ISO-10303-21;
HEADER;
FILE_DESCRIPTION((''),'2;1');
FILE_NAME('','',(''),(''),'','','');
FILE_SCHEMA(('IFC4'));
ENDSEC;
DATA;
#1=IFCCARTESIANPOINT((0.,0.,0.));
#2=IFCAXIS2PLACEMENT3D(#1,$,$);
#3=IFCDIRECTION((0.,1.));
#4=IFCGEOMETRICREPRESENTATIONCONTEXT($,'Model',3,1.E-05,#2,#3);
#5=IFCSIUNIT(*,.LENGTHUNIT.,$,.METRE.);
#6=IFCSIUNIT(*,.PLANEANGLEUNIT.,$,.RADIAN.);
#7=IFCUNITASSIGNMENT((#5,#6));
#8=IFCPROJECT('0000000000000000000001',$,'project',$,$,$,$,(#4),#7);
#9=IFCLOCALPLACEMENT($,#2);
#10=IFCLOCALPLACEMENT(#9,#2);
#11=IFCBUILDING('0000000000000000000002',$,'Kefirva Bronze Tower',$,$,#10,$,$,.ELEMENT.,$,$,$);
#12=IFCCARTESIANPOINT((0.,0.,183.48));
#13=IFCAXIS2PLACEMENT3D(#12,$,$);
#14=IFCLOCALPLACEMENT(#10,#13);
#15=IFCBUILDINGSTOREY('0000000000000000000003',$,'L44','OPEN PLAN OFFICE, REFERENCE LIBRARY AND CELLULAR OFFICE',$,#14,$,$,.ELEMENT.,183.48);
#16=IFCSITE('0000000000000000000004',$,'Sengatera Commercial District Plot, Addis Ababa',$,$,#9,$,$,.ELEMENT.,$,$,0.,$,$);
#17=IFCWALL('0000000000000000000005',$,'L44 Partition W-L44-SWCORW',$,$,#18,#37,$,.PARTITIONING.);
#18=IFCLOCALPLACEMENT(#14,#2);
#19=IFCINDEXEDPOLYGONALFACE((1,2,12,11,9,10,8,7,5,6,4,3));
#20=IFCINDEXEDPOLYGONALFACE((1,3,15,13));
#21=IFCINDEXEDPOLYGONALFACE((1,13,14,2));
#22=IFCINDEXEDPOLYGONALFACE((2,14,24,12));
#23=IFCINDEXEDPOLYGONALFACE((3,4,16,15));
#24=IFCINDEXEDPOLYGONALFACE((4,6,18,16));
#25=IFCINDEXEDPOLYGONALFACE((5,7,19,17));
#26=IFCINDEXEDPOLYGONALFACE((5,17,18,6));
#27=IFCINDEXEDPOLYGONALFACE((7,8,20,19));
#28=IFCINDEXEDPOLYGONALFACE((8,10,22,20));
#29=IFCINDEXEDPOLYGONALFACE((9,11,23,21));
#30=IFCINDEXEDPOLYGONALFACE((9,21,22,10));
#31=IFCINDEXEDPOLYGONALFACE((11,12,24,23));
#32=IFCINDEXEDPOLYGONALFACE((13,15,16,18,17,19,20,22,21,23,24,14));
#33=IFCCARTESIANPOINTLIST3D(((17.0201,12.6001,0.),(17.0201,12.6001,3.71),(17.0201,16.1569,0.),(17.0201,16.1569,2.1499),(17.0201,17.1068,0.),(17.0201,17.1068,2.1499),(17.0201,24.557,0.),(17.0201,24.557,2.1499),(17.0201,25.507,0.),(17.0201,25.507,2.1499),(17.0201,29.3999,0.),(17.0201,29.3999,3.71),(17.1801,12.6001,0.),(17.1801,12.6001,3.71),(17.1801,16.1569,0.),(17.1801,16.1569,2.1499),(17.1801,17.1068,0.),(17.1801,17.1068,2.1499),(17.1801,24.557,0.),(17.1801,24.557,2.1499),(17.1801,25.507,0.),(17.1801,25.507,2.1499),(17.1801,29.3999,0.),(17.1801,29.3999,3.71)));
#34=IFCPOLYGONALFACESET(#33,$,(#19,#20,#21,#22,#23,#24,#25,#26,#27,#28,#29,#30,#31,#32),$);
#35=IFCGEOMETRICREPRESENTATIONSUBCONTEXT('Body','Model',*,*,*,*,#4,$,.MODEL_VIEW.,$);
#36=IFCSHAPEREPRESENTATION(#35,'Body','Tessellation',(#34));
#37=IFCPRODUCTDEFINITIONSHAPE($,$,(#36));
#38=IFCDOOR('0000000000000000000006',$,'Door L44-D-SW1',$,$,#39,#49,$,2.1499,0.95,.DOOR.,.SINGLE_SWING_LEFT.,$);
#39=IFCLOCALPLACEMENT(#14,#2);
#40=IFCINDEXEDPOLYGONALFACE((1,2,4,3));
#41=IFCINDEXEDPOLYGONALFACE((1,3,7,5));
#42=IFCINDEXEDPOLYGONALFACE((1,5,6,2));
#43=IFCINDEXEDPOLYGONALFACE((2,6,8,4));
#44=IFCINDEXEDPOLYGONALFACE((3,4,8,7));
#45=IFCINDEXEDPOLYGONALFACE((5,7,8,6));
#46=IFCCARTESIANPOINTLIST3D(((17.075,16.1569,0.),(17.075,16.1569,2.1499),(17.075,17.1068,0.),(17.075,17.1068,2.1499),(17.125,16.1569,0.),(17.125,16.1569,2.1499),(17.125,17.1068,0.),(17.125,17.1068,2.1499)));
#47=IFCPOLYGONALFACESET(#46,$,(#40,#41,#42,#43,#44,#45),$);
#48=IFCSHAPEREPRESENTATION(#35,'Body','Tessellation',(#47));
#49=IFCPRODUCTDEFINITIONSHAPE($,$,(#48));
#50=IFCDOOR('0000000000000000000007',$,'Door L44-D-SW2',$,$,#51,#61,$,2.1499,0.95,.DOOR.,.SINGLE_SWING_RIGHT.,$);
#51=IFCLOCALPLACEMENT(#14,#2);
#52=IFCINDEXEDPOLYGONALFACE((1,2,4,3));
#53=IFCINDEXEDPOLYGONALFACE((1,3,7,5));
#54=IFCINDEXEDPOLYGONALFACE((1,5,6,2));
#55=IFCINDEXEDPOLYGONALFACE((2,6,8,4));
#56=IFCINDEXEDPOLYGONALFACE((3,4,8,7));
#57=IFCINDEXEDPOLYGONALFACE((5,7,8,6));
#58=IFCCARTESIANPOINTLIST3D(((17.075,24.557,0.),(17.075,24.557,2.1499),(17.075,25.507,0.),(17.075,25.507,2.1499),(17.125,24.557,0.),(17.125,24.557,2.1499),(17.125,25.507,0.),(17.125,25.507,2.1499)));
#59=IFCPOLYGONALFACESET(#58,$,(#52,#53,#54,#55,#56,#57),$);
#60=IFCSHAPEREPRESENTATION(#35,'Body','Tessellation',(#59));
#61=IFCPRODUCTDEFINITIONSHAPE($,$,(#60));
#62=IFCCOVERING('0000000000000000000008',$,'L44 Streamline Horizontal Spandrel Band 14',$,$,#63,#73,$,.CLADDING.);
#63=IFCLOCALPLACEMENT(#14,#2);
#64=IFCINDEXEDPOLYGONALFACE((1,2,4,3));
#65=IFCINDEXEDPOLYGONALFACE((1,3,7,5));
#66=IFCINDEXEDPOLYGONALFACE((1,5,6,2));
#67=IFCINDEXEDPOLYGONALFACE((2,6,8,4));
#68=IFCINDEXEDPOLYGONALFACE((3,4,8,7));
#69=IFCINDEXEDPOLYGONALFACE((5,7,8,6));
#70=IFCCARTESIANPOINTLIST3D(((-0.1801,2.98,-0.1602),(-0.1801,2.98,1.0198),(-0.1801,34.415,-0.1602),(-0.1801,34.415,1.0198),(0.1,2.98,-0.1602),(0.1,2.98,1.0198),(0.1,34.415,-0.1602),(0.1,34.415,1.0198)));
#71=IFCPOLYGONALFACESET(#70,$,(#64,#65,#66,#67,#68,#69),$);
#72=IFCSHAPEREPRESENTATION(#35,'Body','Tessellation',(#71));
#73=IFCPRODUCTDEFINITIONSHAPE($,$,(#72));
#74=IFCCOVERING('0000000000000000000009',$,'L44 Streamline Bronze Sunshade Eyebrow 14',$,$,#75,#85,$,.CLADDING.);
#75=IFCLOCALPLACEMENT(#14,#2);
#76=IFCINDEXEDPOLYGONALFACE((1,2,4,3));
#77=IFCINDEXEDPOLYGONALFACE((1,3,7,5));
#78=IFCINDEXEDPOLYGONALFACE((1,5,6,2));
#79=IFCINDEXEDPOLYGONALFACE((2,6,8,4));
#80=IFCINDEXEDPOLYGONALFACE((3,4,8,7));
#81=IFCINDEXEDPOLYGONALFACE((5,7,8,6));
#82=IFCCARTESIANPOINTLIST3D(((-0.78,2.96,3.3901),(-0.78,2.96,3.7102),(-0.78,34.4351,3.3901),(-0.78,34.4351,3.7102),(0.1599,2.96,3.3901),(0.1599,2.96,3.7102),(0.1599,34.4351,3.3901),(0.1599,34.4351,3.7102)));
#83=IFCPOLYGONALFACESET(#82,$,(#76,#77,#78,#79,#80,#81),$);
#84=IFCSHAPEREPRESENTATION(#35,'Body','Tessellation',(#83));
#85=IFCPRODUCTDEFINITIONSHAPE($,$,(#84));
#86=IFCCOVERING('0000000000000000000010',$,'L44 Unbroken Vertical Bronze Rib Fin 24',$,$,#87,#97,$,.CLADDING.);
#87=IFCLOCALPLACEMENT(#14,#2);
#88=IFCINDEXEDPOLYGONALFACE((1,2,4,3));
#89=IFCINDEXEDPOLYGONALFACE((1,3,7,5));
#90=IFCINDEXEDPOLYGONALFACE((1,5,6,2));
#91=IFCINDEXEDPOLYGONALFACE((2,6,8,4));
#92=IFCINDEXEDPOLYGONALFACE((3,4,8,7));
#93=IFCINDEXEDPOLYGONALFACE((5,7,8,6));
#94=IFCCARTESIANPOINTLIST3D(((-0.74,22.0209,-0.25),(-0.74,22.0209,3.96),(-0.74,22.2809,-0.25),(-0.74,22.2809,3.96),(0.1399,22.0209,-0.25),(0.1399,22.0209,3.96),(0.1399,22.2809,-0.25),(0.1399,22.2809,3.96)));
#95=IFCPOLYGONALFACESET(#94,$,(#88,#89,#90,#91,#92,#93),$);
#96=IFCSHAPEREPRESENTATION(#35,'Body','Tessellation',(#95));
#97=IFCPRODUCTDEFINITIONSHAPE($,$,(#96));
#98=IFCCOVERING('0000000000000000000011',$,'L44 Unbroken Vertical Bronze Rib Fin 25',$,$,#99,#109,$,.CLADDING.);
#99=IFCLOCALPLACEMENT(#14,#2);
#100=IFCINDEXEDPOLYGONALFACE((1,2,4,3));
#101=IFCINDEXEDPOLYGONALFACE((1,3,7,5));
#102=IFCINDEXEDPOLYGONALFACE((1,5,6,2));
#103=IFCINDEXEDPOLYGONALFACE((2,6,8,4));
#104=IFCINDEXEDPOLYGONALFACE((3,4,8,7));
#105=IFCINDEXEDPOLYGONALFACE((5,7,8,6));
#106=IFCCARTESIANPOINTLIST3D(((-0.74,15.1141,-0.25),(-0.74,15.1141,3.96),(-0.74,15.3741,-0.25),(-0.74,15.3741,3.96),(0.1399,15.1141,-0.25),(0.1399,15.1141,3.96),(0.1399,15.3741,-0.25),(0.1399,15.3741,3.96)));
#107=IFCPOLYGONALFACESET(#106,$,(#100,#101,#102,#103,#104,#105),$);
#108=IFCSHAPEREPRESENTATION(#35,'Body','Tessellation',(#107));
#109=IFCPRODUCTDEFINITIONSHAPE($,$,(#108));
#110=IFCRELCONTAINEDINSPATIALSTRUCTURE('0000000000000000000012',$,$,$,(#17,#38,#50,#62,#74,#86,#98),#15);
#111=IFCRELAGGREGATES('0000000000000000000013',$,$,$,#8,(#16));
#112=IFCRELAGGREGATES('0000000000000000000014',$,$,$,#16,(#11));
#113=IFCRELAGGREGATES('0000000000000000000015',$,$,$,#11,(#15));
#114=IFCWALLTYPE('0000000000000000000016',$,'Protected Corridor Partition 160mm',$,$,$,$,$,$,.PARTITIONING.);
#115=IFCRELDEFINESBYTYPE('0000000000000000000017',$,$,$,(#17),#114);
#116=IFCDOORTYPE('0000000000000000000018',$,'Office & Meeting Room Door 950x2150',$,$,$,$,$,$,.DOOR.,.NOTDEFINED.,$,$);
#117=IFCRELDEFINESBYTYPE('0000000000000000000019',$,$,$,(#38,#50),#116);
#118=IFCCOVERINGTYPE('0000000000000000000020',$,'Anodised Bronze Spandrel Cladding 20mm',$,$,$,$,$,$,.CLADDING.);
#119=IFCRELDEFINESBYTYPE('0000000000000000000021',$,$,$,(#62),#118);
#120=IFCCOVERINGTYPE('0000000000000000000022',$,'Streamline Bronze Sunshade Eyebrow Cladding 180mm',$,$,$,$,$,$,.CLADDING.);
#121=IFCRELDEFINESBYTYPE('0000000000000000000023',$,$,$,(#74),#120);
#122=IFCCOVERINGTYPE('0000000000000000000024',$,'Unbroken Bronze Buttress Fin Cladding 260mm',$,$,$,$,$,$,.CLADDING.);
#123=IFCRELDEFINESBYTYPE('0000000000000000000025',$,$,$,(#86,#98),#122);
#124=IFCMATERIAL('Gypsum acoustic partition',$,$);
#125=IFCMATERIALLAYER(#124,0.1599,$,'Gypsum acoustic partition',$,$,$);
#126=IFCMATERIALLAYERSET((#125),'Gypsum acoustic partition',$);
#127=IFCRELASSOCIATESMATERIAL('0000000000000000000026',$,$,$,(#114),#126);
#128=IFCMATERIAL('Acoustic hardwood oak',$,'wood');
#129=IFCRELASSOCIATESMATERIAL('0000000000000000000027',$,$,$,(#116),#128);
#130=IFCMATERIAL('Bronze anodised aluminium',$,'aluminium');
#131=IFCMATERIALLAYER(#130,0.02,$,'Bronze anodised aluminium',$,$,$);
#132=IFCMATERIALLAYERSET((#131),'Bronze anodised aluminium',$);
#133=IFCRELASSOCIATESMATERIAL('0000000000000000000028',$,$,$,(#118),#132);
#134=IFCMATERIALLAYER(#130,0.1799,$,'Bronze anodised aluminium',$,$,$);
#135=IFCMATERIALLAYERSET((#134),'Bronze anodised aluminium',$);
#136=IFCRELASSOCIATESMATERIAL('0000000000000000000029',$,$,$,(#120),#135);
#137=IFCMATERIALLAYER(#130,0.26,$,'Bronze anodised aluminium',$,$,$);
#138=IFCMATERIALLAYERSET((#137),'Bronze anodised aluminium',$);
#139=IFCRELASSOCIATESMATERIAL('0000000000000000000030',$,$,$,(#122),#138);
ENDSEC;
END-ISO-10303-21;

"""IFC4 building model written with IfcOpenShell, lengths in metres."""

from ifc_helpers import new_model, si_unit, direction, frame, frame_2d, origin, origin_2d, place, context, subcontext, project, spatial, rectangle, extrude, material, layer, layer_set, type_object, element, fill, save


model = new_model("IFC4")

# Units and contexts
model_context = context("Model", 3, precision=1e-05, world=origin(), true_north=direction((0.0, 1.0)))
body_context = subcontext(model_context, "Body", "Model", "MODEL_VIEW")
ifc_project = project(units=[si_unit("LENGTHUNIT", "METRE"), si_unit("PLANEANGLEUNIT", "RADIAN")], contexts=[model_context])

# Site, building, storey
site_placement = place(None, origin())
site = spatial("IfcSite", under=ifc_project, at=site_placement, Name="Sengatera Commercial District Plot, Addis Ababa", CompositionType="ELEMENT", RefElevation=0.0)
building_placement = place(site_placement, origin())
building = spatial("IfcBuilding", under=site, at=building_placement, Name="Kefirva Bronze Tower", CompositionType="ELEMENT")
storey_placement = place(building_placement, frame((0.0, 0.0, 183.48)))
storey = spatial("IfcBuildingStorey", under=building, at=storey_placement, Name="L44", Description="OPEN PLAN OFFICE, REFERENCE LIBRARY AND CELLULAR OFFICE", CompositionType="ELEMENT", Elevation=183.48)

# Shared definitions
ifc_material_1 = material(Name="Bronze anodised aluminium", Category="aluminium")

# Shared definitions
ifc_material_2 = material(Name="Gypsum acoustic partition")

# Wall, openings, doors
ifc_layer_1 = layer(ifc_material_2, 0.1599, Name="Gypsum acoustic partition")
ifc_layer_set_1 = layer_set([ifc_layer_1], Name="Gypsum acoustic partition")
wall_type_1 = type_object("IfcWallType", Name="Protected Corridor Partition 160mm", PredefinedType="PARTITIONING", material=ifc_layer_set_1)
wall_1_placement = place(storey_placement, frame((17.1001, 12.6001, 0.0), z_axis=(0.0, 0.0, 1.0), x_axis=(0.0, 1.0, 0.0)))
wall_1 = element("IfcWall", 1, at=wall_1_placement, inside=storey, type_object=wall_type_1, Name="L44 Partition W-L44-SWCORW", PredefinedType="PARTITIONING", context=body_context, shape_type="SweptSolid", body=[
    extrude(rectangle(XDim=16.7998, YDim=0.1599, at=frame_2d((8.3999, 0.0))), origin(), (0.0, 0.0, 1.0), 3.71),
])
opening_1_placement = place(wall_1_placement, frame((4.5068, 0.0, 0.0), z_axis=(0.0, 0.0, 1.0), x_axis=(-1.0, 0.0, 0.0)))
opening_1 = element("IfcOpeningElement", 2, at=opening_1_placement, cuts=wall_1, PredefinedType="OPENING", context=body_context, shape_type="SweptSolid", body=[
    extrude(rectangle(XDim=0.95, YDim=2.1499, at=frame_2d((0.4751, 1.075))), frame((0.0, 0.0898, 0.0), z_axis=(0.0, -1.0, 0.0), x_axis=(1.0, 0.0, 0.0)), (0.0, 0.0, 1.0), 0.1799),
])
opening_2_placement = place(wall_1_placement, frame((12.907, 0.0, 0.0), z_axis=(0.0, 0.0, 1.0), x_axis=(-1.0, 0.0, 0.0)))
opening_2 = element("IfcOpeningElement", 3, at=opening_2_placement, cuts=wall_1, PredefinedType="OPENING", context=body_context, shape_type="SweptSolid", body=[
    extrude(rectangle(XDim=0.95, YDim=2.1499, at=frame_2d((0.4751, 1.075))), frame((0.0, 0.0898, 0.0), z_axis=(0.0, -1.0, 0.0), x_axis=(1.0, 0.0, 0.0)), (0.0, 0.0, 1.0), 0.1799),
])
ifc_material_3 = material(Name="Acoustic hardwood oak", Category="wood")
door_type = type_object("IfcDoorType", Name="Office & Meeting Room Door 950x2150", OperationType="NOTDEFINED", PredefinedType="DOOR", material=ifc_material_3)
door_1_placement = place(opening_1_placement, origin())
door_1 = element("IfcDoor", 4, at=door_1_placement, inside=storey, type_object=door_type, Name="Door L44-D-SW1", OperationType="SINGLE_SWING_LEFT", OverallHeight=2.1499, OverallWidth=0.95, PredefinedType="DOOR", context=body_context, shape_type="SweptSolid", body=[
    extrude(rectangle(XDim=0.95, YDim=2.1499, at=frame_2d((0.4751, 1.075))), frame((0.0, 0.0249, 0.0), z_axis=(0.0, -1.0, 0.0), x_axis=(1.0, 0.0, 0.0)), (0.0, 0.0, 1.0), 0.05),
])
fill(opening_1, door_1)
door_2_placement = place(opening_2_placement, origin())
door_2 = element("IfcDoor", 5, at=door_2_placement, inside=storey, type_object=door_type, Name="Door L44-D-SW2", OperationType="SINGLE_SWING_RIGHT", OverallHeight=2.1499, OverallWidth=0.95, PredefinedType="DOOR", context=body_context, shape_type="SweptSolid", body=[
    extrude(rectangle(XDim=0.95, YDim=2.1499, at=frame_2d((0.4751, 1.075))), frame((0.0, 0.0249, 0.0), z_axis=(0.0, -1.0, 0.0), x_axis=(1.0, 0.0, 0.0)), (0.0, 0.0, 1.0), 0.05),
])
fill(opening_2, door_2)

# Coverings
ifc_layer_2 = layer(ifc_material_1, 0.02, Name="Bronze anodised aluminium")
ifc_layer_set_2 = layer_set([ifc_layer_2], Name="Bronze anodised aluminium")
covering_type_1 = type_object("IfcCoveringType", Name="Anodised Bronze Spandrel Cladding 20mm", PredefinedType="CLADDING", material=ifc_layer_set_2)
covering_1_placement = place(storey_placement, frame((-0.04, 18.6975, -0.1602), z_axis=(0.0, 0.0, 1.0), x_axis=(0.0, -1.0, 0.0)))
element("IfcCovering", 6, at=covering_1_placement, inside=storey, type_object=covering_type_1, Name="L44 Streamline Horizontal Spandrel Band 14", PredefinedType="CLADDING", context=body_context, shape_type="SweptSolid", body=[
    extrude(rectangle(XDim=31.4351, YDim=0.28, at=origin_2d()), origin(), (0.0, 0.0, 1.0), 1.1799),
])
ifc_layer_3 = layer(ifc_material_1, 0.1799, Name="Bronze anodised aluminium")
ifc_layer_set_3 = layer_set([ifc_layer_3], Name="Bronze anodised aluminium")
covering_type_2 = type_object("IfcCoveringType", Name="Streamline Bronze Sunshade Eyebrow Cladding 180mm", PredefinedType="CLADDING", material=ifc_layer_set_3)
covering_2_placement = place(storey_placement, frame((-0.3101, 18.6975, 3.3901), z_axis=(0.0, 0.0, 1.0), x_axis=(0.0, -1.0, 0.0)))
element("IfcCovering", 7, at=covering_2_placement, inside=storey, type_object=covering_type_2, Name="L44 Streamline Bronze Sunshade Eyebrow 14", PredefinedType="CLADDING", context=body_context, shape_type="SweptSolid", body=[
    extrude(rectangle(XDim=31.4751, YDim=0.9399, at=origin_2d()), origin(), (0.0, 0.0, 1.0), 0.3201),
])
ifc_layer_4 = layer(ifc_material_1, 0.26, Name="Bronze anodised aluminium")
ifc_layer_set_4 = layer_set([ifc_layer_4], Name="Bronze anodised aluminium")
covering_type_3 = type_object("IfcCoveringType", Name="Unbroken Bronze Buttress Fin Cladding 260mm", PredefinedType="CLADDING", material=ifc_layer_set_4)
for number, where, z_axis, x_axis, name in (
    (8, (-0.3, 22.1509, -0.25), (0.0, 0.0, 1.0), (0.0, -1.0, 0.0), "L44 Unbroken Vertical Bronze Rib Fin 24"),
    (9, (-0.3, 15.2441, -0.25), (0.0, 0.0, 1.0), (0.0, -1.0, 0.0), "L44 Unbroken Vertical Bronze Rib Fin 25"),
):
    element("IfcCovering", number, at=place(storey_placement, frame(where, z_axis=z_axis, x_axis=x_axis)), inside=storey, type_object=covering_type_3, Name=name, PredefinedType="CLADDING", context=body_context, shape_type="SweptSolid", body=[
        extrude(rectangle(XDim=0.26, YDim=0.8799, at=origin_2d()), origin(), (0.0, 0.0, 1.0), 4.21),
    ])

save(model, "model.ifc")
